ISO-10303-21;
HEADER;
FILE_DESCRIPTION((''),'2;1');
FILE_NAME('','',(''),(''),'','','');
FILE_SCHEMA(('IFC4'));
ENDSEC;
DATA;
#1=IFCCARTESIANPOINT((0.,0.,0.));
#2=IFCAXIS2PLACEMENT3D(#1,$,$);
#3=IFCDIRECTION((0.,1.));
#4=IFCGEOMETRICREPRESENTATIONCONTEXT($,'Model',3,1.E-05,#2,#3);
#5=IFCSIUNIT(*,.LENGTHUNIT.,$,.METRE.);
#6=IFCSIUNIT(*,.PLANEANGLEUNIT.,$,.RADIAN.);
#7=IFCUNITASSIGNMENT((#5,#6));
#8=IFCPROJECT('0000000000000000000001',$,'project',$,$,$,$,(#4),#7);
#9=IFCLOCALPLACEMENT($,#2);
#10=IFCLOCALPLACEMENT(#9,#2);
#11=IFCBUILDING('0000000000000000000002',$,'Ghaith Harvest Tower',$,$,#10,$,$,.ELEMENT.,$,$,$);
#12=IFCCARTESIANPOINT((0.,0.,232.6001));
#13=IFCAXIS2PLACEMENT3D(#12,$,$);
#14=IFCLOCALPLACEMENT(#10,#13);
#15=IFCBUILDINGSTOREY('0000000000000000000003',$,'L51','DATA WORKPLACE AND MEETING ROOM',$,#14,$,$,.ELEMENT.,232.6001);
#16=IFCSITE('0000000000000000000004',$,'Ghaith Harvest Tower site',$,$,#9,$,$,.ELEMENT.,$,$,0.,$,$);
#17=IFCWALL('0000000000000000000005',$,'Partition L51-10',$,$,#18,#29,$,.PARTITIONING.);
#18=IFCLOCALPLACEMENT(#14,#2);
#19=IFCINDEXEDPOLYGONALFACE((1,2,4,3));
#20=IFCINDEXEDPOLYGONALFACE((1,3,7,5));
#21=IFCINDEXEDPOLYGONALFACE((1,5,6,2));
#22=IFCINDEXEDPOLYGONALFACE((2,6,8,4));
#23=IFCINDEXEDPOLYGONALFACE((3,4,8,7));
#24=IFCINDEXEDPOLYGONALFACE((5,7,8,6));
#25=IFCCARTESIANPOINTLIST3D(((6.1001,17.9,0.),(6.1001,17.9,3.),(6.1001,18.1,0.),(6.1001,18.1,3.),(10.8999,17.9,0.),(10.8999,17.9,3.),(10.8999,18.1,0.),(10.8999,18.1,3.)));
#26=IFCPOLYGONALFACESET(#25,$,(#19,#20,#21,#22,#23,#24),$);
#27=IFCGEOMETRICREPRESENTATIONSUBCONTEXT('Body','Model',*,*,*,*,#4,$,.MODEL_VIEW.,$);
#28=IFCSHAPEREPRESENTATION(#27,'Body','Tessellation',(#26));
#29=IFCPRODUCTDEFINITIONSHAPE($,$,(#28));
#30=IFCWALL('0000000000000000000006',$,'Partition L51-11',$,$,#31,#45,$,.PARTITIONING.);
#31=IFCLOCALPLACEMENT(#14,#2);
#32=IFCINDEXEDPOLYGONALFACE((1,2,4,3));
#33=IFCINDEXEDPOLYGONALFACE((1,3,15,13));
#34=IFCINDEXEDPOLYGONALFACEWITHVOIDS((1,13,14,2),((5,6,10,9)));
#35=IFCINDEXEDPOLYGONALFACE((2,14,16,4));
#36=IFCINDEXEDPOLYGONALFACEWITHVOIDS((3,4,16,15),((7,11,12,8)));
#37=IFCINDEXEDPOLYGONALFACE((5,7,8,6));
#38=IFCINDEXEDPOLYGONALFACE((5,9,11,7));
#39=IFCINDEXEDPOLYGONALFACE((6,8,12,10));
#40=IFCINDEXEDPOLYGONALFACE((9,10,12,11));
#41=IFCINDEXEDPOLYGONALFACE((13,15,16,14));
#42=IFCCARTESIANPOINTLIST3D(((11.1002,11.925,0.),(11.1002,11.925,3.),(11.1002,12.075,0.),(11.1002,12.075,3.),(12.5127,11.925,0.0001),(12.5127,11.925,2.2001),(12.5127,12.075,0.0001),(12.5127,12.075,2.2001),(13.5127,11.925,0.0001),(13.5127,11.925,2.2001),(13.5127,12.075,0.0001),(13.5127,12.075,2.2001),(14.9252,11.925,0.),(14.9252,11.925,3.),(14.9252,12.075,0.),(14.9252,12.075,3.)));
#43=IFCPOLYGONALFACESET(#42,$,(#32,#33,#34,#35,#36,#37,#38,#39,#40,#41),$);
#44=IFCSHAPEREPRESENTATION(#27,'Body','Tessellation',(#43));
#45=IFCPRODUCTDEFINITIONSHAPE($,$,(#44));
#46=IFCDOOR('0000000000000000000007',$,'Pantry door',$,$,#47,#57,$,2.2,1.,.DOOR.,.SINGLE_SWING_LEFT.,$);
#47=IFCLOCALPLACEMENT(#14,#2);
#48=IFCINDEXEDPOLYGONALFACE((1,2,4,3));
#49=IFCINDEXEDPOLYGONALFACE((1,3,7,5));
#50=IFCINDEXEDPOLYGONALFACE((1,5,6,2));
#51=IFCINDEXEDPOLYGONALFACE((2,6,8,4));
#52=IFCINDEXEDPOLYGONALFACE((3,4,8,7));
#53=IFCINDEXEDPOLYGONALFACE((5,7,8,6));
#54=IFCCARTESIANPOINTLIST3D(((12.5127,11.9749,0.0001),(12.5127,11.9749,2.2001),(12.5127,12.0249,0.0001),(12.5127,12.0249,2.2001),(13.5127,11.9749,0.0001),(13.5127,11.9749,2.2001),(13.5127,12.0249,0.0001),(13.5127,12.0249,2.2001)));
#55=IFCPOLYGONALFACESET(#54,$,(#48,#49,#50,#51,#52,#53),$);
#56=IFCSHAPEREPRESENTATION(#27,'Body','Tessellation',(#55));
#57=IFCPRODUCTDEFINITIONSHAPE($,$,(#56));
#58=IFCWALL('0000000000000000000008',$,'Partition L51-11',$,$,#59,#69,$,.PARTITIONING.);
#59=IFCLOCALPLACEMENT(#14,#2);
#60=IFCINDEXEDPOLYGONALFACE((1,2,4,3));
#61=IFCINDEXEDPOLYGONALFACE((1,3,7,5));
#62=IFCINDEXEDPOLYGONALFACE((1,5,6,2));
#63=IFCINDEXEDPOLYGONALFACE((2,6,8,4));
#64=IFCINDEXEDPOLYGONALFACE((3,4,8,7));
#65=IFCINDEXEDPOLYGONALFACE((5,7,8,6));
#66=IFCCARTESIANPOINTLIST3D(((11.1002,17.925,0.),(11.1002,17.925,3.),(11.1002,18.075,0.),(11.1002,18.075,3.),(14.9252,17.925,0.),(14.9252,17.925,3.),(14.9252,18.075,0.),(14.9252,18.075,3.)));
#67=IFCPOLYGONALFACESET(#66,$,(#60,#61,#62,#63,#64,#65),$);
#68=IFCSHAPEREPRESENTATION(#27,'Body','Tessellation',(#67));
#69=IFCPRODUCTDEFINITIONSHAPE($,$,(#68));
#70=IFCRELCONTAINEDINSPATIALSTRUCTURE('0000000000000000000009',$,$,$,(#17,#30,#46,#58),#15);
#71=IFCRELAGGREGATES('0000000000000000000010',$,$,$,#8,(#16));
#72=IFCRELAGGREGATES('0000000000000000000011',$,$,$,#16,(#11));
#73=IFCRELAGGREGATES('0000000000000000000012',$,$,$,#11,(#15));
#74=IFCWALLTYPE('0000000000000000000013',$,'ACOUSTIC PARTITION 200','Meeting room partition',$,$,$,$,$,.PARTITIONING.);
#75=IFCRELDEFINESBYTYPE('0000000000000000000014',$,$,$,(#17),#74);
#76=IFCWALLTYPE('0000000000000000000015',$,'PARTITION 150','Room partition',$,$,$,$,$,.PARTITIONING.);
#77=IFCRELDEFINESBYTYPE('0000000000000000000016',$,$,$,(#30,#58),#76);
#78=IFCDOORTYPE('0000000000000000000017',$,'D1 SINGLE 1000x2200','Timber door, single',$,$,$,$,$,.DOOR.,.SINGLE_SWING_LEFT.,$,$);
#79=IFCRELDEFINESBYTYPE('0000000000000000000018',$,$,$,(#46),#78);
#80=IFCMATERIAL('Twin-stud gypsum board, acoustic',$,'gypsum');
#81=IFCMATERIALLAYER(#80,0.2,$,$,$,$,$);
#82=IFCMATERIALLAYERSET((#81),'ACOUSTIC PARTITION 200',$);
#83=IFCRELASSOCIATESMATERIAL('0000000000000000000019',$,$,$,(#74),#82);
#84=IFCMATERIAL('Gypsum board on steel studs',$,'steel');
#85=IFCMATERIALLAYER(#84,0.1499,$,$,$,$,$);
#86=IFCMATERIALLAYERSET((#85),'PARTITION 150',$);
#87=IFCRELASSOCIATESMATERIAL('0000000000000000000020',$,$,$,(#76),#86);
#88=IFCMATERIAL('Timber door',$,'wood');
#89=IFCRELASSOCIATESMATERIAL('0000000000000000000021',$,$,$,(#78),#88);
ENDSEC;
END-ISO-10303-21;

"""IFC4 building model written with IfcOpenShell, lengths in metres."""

from ifc_helpers import new_model, si_unit, direction, frame, frame_2d, origin, place, context, subcontext, project, spatial, rectangle, extrude, material, layer, layer_set, type_object, element, fill, save


model = new_model("IFC4")

# Units and contexts
model_context = context("Model", 3, precision=1e-05, world=origin(), true_north=direction((0.0, 1.0)))
body_context = subcontext(model_context, "Body", "Model", "MODEL_VIEW")
ifc_project = project(units=[si_unit("LENGTHUNIT", "METRE"), si_unit("PLANEANGLEUNIT", "RADIAN")], contexts=[model_context])

# Site, building, storey
site_placement = place(None, origin())
site = spatial("IfcSite", under=ifc_project, at=site_placement, Name="Ghaith Harvest Tower site", CompositionType="ELEMENT", RefElevation=0.0)
building_placement = place(site_placement, origin())
building = spatial("IfcBuilding", under=site, at=building_placement, Name="Ghaith Harvest Tower", CompositionType="ELEMENT")
storey_placement = place(building_placement, frame((0.0, 0.0, 232.6001)))
storey = spatial("IfcBuildingStorey", under=building, at=storey_placement, Name="L51", Description="DATA WORKPLACE AND MEETING ROOM", CompositionType="ELEMENT", Elevation=232.6001)

# Shared definitions
ifc_material_1 = material(Name="Twin-stud gypsum board, acoustic", Category="gypsum")
ifc_layer_1 = layer(ifc_material_1, 0.2)
ifc_layer_set_1 = layer_set([ifc_layer_1], Name="ACOUSTIC PARTITION 200")
wall_type_1 = type_object("IfcWallType", Name="ACOUSTIC PARTITION 200", Description="Meeting room partition", PredefinedType="PARTITIONING", material=ifc_layer_set_1)

# Wall
wall_1_placement = place(storey_placement, frame((6.1001, 18.0, 0.0), z_axis=(0.0, 0.0, 1.0), x_axis=(1.0, 0.0, 0.0)))
element("IfcWall", 1, at=wall_1_placement, inside=storey, type_object=wall_type_1, Name="Partition L51-10", PredefinedType="PARTITIONING", context=body_context, shape_type="SweptSolid", body=[
    extrude(rectangle(XDim=4.7998, YDim=0.2, at=frame_2d((2.3999, 0.0))), origin(), (0.0, 0.0, 1.0), 3.0),
])

# Wall, opening, door
ifc_material_2 = material(Name="Gypsum board on steel studs", Category="steel")
ifc_layer_2 = layer(ifc_material_2, 0.1499)
ifc_layer_set_2 = layer_set([ifc_layer_2], Name="PARTITION 150")
wall_type_2 = type_object("IfcWallType", Name="PARTITION 150", Description="Room partition", PredefinedType="PARTITIONING", material=ifc_layer_set_2)
wall_2_placement = place(storey_placement, frame((11.1001, 12.0, 0.0), z_axis=(0.0, 0.0, 1.0), x_axis=(1.0, 0.0, 0.0)))
wall_2 = element("IfcWall", 2, at=wall_2_placement, inside=storey, type_object=wall_type_2, Name="Partition L51-11", PredefinedType="PARTITIONING", context=body_context, shape_type="SweptSolid", body=[
    extrude(rectangle(XDim=3.825, YDim=0.1499, at=frame_2d((1.9126, 0.0))), origin(), (0.0, 0.0, 1.0), 3.0),
])
opening_1_placement = place(wall_2_placement, frame((1.4126, 0.0, 0.0)))
opening_1 = element("IfcOpeningElement", 3, at=opening_1_placement, cuts=wall_2, PredefinedType="OPENING", context=body_context, shape_type="SweptSolid", body=[
    extrude(rectangle(XDim=1.0, YDim=2.2, at=frame_2d((0.5, 1.1001))), frame((0.0, 0.085, 0.0), z_axis=(0.0, -1.0, 0.0), x_axis=(1.0, 0.0, 0.0)), (0.0, 0.0, 1.0), 0.1699),
])
ifc_material_3 = material(Name="Timber door", Category="wood")
door_type_1 = type_object("IfcDoorType", Name="D1 SINGLE 1000x2200", Description="Timber door, single", OperationType="SINGLE_SWING_LEFT", PredefinedType="DOOR", material=ifc_material_3)
door_1_placement = place(opening_1_placement, origin())
door_1 = element("IfcDoor", 4, at=door_1_placement, inside=storey, type_object=door_type_1, Name="Pantry door", OperationType="SINGLE_SWING_LEFT", OverallHeight=2.2, OverallWidth=1.0, PredefinedType="DOOR", context=body_context, shape_type="SweptSolid", body=[
    extrude(rectangle(XDim=1.0, YDim=2.2, at=frame_2d((0.5, 1.1001))), frame((0.0, 0.0249, 0.0), z_axis=(0.0, -1.0, 0.0), x_axis=(1.0, 0.0, 0.0)), (0.0, 0.0, 1.0), 0.05),
])
fill(opening_1, door_1)

# Wall
wall_3_placement = place(storey_placement, frame((11.1001, 18.0, 0.0), z_axis=(0.0, 0.0, 1.0), x_axis=(1.0, 0.0, 0.0)))
element("IfcWall", 5, at=wall_3_placement, inside=storey, type_object=wall_type_2, Name="Partition L51-11", PredefinedType="PARTITIONING", context=body_context, shape_type="SweptSolid", body=[
    extrude(rectangle(XDim=3.825, YDim=0.1499, at=frame_2d((1.9126, 0.0))), origin(), (0.0, 0.0, 1.0), 3.0),
])

save(model, "model.ifc")
